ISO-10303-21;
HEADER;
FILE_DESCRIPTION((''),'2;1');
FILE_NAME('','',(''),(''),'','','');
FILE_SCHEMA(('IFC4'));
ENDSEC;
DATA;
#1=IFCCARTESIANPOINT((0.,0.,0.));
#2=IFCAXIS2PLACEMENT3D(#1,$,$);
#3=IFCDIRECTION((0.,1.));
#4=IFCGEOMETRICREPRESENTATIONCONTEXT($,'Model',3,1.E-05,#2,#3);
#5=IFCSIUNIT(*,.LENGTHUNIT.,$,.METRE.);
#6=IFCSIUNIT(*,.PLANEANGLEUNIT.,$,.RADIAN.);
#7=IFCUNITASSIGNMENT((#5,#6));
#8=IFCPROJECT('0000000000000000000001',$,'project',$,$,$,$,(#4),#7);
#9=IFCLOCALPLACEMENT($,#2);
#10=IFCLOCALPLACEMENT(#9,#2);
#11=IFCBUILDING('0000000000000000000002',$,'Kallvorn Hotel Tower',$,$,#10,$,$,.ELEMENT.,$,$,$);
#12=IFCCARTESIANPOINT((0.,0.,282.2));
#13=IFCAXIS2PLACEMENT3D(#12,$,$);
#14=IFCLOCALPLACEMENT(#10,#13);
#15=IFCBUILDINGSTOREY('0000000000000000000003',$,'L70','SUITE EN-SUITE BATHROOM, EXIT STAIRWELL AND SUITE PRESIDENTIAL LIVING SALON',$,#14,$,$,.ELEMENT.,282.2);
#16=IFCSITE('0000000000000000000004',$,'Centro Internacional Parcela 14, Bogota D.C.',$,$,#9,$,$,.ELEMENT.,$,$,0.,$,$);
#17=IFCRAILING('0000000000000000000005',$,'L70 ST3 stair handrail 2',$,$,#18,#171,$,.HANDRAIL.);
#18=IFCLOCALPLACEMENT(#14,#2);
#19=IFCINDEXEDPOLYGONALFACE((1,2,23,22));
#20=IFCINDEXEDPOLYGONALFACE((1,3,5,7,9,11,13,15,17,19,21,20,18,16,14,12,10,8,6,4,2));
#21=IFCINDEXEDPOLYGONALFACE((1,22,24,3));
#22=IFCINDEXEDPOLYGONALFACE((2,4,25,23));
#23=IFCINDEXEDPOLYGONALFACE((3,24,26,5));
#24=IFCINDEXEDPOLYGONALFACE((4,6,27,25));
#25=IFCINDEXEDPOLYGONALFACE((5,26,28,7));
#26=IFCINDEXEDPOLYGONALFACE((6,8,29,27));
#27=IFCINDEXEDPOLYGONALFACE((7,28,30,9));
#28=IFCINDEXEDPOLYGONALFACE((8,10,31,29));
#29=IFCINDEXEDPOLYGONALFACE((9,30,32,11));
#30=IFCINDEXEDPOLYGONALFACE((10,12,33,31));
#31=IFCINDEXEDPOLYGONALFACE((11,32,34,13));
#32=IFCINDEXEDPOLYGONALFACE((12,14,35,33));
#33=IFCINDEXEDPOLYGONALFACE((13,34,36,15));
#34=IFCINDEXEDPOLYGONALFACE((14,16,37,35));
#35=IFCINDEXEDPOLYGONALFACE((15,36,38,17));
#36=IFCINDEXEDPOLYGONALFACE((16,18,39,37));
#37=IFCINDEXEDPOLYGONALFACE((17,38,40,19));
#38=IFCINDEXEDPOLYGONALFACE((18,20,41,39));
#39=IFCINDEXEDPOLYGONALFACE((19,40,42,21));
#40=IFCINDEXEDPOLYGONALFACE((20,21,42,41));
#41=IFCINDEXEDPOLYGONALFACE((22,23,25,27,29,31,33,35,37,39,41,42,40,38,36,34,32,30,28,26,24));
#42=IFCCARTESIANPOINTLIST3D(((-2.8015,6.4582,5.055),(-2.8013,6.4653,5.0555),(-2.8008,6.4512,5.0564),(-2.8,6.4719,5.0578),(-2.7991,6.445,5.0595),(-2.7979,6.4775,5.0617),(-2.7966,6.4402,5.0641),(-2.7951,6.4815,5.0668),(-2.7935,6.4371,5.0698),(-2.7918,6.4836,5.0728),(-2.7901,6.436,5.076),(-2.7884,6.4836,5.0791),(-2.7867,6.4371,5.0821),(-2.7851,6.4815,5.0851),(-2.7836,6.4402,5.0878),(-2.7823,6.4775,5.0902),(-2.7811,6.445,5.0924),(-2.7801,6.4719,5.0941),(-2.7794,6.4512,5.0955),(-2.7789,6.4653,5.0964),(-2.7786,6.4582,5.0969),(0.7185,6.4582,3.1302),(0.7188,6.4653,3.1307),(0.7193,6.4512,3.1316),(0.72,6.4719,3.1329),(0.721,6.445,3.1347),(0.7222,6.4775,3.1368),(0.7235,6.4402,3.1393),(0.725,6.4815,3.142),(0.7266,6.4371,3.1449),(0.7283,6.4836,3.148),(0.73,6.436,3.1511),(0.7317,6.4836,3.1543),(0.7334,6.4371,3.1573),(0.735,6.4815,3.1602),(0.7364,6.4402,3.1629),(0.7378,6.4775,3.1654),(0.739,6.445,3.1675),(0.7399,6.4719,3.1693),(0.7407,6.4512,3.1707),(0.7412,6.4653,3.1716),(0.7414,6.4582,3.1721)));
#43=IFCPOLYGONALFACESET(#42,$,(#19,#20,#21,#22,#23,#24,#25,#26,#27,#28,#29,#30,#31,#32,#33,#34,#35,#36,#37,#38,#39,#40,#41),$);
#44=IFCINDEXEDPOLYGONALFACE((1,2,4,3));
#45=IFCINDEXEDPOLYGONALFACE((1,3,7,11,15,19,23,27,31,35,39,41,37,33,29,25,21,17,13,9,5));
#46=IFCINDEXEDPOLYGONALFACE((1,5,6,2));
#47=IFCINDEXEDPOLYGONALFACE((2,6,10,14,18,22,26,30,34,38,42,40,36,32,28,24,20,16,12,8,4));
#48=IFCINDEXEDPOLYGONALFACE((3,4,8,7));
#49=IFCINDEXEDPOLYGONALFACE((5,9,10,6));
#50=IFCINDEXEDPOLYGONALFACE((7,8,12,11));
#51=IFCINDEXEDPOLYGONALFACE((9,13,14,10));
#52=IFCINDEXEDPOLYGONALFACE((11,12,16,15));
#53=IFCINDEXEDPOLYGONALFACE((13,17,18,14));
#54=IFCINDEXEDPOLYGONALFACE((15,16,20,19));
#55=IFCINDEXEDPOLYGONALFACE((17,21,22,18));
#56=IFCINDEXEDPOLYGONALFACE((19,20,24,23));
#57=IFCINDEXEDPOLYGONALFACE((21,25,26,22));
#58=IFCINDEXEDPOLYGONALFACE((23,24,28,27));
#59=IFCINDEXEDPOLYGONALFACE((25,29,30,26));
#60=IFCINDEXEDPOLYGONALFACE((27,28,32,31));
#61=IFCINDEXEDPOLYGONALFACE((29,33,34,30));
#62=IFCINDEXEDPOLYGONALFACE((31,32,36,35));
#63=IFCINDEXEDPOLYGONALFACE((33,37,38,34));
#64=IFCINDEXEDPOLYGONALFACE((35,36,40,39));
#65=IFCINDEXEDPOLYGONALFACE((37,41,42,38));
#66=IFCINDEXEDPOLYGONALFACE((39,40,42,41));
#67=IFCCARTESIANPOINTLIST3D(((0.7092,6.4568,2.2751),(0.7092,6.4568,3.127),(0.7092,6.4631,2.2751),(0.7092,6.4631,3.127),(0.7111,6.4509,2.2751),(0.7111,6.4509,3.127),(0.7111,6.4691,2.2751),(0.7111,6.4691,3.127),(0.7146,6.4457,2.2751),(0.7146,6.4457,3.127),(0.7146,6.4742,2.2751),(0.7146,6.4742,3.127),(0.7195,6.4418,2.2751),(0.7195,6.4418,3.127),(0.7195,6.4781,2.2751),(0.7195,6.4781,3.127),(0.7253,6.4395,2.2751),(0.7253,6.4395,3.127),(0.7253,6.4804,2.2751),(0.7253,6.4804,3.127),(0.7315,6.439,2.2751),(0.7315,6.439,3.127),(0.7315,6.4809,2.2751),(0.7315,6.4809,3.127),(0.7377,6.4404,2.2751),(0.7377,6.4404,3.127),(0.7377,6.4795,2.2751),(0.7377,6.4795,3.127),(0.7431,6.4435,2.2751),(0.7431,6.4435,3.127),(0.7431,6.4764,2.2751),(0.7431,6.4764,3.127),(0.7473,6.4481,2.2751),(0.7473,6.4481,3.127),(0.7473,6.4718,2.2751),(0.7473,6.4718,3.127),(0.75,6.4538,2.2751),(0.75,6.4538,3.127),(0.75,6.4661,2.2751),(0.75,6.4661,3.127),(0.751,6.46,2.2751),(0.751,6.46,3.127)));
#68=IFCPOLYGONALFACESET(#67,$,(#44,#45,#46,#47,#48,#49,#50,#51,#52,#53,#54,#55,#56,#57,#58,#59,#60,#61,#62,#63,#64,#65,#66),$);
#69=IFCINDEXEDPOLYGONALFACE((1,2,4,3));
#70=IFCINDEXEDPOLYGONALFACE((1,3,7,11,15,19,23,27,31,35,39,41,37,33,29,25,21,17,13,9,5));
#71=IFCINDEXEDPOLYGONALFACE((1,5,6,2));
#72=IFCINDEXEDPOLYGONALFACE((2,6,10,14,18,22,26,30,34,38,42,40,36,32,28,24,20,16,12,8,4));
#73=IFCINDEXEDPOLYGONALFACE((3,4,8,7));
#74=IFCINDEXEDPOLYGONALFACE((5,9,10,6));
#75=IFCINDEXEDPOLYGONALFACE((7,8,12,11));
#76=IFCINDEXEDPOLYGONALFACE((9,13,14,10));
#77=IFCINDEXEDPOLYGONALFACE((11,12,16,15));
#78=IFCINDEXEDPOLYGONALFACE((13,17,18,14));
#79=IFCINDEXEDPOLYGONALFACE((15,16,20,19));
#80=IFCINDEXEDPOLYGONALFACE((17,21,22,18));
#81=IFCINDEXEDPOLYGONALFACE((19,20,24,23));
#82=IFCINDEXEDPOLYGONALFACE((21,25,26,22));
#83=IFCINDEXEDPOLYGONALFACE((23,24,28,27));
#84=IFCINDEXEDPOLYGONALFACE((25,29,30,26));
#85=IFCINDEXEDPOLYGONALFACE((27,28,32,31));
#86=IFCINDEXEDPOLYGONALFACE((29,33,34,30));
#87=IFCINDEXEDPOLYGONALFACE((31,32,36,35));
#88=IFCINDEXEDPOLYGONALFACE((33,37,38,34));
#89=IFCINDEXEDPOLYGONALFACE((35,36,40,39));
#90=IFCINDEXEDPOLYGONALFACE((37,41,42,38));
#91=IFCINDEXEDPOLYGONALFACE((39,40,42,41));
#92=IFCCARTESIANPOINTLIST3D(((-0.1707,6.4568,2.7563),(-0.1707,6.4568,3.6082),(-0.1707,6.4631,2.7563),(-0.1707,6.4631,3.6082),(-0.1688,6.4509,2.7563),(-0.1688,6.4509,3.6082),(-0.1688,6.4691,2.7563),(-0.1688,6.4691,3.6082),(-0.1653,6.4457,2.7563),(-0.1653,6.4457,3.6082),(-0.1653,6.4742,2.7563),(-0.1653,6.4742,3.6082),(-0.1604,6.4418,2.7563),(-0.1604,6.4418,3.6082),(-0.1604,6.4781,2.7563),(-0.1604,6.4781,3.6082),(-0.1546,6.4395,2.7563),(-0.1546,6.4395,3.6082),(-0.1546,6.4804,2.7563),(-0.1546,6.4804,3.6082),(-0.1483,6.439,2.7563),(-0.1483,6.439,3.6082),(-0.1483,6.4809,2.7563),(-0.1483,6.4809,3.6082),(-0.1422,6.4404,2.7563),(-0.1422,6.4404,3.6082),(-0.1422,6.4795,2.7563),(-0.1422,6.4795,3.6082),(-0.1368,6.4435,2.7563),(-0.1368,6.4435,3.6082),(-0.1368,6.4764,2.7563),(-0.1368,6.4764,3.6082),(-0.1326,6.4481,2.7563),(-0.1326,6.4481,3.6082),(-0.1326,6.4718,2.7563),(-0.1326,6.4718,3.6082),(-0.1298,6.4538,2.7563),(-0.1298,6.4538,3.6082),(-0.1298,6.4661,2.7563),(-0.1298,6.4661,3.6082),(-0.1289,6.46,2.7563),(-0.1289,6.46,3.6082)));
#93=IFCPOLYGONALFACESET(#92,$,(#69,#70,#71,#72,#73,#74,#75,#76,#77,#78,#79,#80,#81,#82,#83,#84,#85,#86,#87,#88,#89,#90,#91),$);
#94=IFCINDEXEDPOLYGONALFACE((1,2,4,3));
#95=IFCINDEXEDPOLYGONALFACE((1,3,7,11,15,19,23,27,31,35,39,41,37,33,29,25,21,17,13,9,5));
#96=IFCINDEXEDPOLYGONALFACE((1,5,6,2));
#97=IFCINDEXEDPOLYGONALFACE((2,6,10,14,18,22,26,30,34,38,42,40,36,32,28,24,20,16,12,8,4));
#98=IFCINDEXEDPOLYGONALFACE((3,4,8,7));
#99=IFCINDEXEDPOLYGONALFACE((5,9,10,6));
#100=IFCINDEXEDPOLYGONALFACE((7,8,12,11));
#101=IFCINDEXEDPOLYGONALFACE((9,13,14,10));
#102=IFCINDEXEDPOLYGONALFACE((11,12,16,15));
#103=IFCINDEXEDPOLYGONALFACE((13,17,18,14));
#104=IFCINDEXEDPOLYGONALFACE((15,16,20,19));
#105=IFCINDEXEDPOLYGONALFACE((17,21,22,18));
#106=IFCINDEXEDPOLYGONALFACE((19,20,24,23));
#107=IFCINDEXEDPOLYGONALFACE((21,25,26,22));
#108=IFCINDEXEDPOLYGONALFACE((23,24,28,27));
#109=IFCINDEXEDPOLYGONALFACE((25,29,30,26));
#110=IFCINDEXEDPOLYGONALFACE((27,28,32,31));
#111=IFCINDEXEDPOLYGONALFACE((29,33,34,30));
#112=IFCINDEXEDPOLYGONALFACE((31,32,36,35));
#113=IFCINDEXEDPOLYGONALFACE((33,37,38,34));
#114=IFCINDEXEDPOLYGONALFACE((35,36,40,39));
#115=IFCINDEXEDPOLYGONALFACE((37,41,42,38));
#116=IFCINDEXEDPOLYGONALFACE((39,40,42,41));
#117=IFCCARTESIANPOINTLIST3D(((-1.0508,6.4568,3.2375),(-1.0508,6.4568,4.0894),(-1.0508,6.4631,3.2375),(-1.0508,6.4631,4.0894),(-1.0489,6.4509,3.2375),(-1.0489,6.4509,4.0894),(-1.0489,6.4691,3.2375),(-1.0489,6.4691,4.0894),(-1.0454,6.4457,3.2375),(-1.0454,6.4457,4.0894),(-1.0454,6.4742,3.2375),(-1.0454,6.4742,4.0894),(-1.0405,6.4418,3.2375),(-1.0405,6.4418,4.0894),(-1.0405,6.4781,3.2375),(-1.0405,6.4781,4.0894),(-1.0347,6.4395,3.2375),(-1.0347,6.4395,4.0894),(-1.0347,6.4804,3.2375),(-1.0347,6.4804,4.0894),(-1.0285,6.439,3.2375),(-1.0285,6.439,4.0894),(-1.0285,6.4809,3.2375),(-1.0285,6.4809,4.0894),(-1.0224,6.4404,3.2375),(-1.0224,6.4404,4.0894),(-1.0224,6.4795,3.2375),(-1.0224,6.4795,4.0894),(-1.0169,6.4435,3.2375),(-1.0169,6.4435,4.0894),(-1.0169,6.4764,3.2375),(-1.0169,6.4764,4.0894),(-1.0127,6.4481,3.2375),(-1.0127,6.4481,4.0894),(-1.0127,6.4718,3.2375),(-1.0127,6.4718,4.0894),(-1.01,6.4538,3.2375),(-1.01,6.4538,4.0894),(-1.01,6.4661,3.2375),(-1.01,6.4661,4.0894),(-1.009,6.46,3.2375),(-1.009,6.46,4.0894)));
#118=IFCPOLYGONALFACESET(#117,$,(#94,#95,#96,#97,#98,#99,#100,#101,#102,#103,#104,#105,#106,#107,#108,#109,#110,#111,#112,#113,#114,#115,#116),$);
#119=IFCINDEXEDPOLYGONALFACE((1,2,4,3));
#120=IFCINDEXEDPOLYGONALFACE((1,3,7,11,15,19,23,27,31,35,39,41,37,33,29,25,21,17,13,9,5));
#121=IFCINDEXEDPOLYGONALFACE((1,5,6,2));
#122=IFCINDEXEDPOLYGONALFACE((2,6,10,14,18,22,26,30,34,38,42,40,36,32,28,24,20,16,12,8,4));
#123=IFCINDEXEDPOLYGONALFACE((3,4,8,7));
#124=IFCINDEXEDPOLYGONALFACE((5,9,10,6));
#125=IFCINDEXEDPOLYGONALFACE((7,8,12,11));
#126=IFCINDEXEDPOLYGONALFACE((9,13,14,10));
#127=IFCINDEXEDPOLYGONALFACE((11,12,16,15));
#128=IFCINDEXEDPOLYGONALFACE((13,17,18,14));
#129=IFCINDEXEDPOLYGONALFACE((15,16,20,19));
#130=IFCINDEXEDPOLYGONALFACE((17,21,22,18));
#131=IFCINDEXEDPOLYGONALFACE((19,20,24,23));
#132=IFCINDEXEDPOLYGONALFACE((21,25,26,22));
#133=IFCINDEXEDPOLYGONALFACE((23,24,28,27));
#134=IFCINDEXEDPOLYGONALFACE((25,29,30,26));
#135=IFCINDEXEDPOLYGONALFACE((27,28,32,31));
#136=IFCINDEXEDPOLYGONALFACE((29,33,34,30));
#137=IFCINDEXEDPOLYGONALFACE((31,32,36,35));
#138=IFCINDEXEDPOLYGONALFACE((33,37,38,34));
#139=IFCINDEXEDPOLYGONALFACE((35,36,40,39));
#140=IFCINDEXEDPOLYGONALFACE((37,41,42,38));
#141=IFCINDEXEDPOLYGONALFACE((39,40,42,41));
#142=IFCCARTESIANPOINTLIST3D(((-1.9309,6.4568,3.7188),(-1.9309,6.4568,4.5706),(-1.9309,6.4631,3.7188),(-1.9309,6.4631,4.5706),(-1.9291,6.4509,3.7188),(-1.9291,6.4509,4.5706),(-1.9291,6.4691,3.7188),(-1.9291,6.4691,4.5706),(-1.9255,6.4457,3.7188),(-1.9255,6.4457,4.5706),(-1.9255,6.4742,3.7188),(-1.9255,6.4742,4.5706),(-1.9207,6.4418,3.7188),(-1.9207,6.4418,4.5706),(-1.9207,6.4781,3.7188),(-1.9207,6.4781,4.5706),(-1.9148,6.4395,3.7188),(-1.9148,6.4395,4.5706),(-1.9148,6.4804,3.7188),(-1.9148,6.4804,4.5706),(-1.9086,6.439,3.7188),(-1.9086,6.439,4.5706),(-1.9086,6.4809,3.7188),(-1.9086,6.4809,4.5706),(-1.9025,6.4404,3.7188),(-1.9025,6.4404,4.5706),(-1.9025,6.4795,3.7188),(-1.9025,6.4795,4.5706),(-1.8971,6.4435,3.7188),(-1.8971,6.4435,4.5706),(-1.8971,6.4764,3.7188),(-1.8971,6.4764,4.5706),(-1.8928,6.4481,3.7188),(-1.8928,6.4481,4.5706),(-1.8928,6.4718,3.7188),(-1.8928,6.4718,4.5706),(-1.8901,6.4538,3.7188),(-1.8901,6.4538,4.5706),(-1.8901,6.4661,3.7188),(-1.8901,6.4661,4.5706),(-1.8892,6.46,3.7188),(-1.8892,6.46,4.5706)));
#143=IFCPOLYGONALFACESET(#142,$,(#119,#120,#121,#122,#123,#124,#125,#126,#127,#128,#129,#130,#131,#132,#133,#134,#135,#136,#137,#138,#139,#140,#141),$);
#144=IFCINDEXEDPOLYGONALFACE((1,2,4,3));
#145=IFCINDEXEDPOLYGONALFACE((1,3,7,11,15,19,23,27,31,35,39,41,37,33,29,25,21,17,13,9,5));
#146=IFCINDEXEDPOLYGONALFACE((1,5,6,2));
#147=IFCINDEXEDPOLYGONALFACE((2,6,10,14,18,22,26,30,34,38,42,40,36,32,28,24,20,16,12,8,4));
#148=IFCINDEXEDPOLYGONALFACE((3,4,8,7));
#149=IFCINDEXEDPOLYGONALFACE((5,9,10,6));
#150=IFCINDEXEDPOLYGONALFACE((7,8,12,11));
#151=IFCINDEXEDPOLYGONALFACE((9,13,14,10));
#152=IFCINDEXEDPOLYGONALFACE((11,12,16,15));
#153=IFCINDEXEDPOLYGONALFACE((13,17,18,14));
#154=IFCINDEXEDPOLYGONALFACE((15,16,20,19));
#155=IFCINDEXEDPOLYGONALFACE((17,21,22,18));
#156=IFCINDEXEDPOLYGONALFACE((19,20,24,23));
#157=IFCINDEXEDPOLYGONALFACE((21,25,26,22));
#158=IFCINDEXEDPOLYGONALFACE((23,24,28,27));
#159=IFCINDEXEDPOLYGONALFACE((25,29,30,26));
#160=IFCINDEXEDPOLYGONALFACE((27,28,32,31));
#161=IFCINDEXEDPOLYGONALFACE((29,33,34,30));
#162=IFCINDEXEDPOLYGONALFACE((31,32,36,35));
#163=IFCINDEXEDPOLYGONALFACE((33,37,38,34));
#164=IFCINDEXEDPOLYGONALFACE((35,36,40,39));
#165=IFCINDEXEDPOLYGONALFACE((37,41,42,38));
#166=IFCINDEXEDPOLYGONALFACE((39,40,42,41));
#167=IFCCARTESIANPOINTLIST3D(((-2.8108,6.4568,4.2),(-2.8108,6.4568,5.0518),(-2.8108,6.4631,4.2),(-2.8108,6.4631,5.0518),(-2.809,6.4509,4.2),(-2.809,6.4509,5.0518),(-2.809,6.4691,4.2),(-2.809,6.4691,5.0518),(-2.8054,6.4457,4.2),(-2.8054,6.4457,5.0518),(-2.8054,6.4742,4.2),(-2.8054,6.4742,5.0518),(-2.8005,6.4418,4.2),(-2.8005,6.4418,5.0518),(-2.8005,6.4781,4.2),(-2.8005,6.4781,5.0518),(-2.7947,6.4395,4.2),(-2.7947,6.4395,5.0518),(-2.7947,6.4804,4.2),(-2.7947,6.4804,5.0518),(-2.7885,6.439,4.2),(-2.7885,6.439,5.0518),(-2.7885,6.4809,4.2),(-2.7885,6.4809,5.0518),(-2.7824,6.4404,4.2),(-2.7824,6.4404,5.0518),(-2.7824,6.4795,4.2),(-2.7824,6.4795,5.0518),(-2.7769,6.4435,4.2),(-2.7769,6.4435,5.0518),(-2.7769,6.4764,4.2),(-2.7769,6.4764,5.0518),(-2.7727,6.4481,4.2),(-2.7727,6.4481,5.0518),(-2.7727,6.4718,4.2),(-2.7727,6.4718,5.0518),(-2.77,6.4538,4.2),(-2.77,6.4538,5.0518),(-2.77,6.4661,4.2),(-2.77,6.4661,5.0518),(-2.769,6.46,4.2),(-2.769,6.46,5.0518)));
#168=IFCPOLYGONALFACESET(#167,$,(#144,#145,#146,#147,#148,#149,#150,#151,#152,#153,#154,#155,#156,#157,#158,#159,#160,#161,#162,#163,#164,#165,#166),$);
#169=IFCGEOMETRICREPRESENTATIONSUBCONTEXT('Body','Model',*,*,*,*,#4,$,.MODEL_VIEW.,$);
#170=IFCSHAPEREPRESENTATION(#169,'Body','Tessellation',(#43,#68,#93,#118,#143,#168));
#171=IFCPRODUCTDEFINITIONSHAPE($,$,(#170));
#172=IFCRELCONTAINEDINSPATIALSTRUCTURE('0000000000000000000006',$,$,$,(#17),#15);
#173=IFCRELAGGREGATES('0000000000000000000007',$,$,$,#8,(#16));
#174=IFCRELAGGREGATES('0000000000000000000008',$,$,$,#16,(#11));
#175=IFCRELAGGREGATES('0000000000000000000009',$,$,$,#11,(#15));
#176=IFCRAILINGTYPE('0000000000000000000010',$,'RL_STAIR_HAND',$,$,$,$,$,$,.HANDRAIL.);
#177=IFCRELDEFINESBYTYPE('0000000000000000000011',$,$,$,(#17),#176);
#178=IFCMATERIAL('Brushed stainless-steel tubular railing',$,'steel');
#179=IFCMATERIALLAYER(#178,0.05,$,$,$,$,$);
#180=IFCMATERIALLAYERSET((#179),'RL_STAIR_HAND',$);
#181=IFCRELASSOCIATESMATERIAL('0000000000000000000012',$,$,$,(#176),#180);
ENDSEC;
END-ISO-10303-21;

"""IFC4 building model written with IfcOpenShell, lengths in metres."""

from ifc_helpers import new_model, si_unit, direction, frame, origin, origin_2d, place, context, subcontext, project, spatial, circle, extrude, material, layer, layer_set, type_object, element, save


model = new_model("IFC4")

# Units and contexts
model_context = context("Model", 3, precision=1e-05, world=origin(), true_north=direction((0.0, 1.0)))
body_context = subcontext(model_context, "Body", "Model", "MODEL_VIEW")
ifc_project = project(units=[si_unit("LENGTHUNIT", "METRE"), si_unit("PLANEANGLEUNIT", "RADIAN")], contexts=[model_context])

# Site, building, storey
site_placement = place(None, origin())
site = spatial("IfcSite", under=ifc_project, at=site_placement, Name="Centro Internacional Parcela 14, Bogota D.C.", CompositionType="ELEMENT", RefElevation=0.0)
building_placement = place(site_placement, origin())
building = spatial("IfcBuilding", under=site, at=building_placement, Name="Kallvorn Hotel Tower", CompositionType="ELEMENT")
storey_placement = place(building_placement, frame((0.0, 0.0, 282.2)))
storey = spatial("IfcBuildingStorey", under=building, at=storey_placement, Name="L70", Description="SUITE EN-SUITE BATHROOM, EXIT STAIRWELL AND SUITE PRESIDENTIAL LIVING SALON", CompositionType="ELEMENT", Elevation=282.2)

# Railing
ifc_material_1 = material(Name="Brushed stainless-steel tubular railing", Category="steel")
ifc_layer_1 = layer(ifc_material_1, 0.05)
ifc_layer_set_1 = layer_set([ifc_layer_1], Name="RL_STAIR_HAND")
railing_type_1 = type_object("IfcRailingType", Name="RL_STAIR_HAND", PredefinedType="HANDRAIL", material=ifc_layer_set_1)
railing_1_placement = place(storey_placement, frame((0.73, 6.46, 2.2751)))
element("IfcRailing", 1, at=railing_1_placement, inside=storey, type_object=railing_type_1, Name="L70 ST3 stair handrail 2", PredefinedType="HANDRAIL", context=body_context, shape_type="SweptSolid", body=[
    extrude(circle(Radius=0.0239, at=origin_2d()), frame((0.0, 0.0, 0.876), z_axis=(-0.877393, 0.0, 0.479773), x_axis=(0.0, -1.0, 0.0)), (0.0, 0.0, 1.0), 4.012),
    extrude(circle(Radius=0.021, at=origin_2d()), origin(), (0.0, 0.0, 1.0), 0.8518),
    extrude(circle(Radius=0.021, at=origin_2d()), frame((-0.8799, 0.0, 0.4812)), (0.0, 0.0, 1.0), 0.8518),
    extrude(circle(Radius=0.021, at=origin_2d()), frame((-1.76, 0.0, 0.9624)), (0.0, 0.0, 1.0), 0.8518),
    extrude(circle(Radius=0.021, at=origin_2d()), frame((-2.6401, 0.0, 1.4436)), (0.0, 0.0, 1.0), 0.8518),
    extrude(circle(Radius=0.021, at=origin_2d()), frame((-3.52, 0.0, 1.9248)), (0.0, 0.0, 1.0), 0.8518),
])

save(model, "model.ifc")
